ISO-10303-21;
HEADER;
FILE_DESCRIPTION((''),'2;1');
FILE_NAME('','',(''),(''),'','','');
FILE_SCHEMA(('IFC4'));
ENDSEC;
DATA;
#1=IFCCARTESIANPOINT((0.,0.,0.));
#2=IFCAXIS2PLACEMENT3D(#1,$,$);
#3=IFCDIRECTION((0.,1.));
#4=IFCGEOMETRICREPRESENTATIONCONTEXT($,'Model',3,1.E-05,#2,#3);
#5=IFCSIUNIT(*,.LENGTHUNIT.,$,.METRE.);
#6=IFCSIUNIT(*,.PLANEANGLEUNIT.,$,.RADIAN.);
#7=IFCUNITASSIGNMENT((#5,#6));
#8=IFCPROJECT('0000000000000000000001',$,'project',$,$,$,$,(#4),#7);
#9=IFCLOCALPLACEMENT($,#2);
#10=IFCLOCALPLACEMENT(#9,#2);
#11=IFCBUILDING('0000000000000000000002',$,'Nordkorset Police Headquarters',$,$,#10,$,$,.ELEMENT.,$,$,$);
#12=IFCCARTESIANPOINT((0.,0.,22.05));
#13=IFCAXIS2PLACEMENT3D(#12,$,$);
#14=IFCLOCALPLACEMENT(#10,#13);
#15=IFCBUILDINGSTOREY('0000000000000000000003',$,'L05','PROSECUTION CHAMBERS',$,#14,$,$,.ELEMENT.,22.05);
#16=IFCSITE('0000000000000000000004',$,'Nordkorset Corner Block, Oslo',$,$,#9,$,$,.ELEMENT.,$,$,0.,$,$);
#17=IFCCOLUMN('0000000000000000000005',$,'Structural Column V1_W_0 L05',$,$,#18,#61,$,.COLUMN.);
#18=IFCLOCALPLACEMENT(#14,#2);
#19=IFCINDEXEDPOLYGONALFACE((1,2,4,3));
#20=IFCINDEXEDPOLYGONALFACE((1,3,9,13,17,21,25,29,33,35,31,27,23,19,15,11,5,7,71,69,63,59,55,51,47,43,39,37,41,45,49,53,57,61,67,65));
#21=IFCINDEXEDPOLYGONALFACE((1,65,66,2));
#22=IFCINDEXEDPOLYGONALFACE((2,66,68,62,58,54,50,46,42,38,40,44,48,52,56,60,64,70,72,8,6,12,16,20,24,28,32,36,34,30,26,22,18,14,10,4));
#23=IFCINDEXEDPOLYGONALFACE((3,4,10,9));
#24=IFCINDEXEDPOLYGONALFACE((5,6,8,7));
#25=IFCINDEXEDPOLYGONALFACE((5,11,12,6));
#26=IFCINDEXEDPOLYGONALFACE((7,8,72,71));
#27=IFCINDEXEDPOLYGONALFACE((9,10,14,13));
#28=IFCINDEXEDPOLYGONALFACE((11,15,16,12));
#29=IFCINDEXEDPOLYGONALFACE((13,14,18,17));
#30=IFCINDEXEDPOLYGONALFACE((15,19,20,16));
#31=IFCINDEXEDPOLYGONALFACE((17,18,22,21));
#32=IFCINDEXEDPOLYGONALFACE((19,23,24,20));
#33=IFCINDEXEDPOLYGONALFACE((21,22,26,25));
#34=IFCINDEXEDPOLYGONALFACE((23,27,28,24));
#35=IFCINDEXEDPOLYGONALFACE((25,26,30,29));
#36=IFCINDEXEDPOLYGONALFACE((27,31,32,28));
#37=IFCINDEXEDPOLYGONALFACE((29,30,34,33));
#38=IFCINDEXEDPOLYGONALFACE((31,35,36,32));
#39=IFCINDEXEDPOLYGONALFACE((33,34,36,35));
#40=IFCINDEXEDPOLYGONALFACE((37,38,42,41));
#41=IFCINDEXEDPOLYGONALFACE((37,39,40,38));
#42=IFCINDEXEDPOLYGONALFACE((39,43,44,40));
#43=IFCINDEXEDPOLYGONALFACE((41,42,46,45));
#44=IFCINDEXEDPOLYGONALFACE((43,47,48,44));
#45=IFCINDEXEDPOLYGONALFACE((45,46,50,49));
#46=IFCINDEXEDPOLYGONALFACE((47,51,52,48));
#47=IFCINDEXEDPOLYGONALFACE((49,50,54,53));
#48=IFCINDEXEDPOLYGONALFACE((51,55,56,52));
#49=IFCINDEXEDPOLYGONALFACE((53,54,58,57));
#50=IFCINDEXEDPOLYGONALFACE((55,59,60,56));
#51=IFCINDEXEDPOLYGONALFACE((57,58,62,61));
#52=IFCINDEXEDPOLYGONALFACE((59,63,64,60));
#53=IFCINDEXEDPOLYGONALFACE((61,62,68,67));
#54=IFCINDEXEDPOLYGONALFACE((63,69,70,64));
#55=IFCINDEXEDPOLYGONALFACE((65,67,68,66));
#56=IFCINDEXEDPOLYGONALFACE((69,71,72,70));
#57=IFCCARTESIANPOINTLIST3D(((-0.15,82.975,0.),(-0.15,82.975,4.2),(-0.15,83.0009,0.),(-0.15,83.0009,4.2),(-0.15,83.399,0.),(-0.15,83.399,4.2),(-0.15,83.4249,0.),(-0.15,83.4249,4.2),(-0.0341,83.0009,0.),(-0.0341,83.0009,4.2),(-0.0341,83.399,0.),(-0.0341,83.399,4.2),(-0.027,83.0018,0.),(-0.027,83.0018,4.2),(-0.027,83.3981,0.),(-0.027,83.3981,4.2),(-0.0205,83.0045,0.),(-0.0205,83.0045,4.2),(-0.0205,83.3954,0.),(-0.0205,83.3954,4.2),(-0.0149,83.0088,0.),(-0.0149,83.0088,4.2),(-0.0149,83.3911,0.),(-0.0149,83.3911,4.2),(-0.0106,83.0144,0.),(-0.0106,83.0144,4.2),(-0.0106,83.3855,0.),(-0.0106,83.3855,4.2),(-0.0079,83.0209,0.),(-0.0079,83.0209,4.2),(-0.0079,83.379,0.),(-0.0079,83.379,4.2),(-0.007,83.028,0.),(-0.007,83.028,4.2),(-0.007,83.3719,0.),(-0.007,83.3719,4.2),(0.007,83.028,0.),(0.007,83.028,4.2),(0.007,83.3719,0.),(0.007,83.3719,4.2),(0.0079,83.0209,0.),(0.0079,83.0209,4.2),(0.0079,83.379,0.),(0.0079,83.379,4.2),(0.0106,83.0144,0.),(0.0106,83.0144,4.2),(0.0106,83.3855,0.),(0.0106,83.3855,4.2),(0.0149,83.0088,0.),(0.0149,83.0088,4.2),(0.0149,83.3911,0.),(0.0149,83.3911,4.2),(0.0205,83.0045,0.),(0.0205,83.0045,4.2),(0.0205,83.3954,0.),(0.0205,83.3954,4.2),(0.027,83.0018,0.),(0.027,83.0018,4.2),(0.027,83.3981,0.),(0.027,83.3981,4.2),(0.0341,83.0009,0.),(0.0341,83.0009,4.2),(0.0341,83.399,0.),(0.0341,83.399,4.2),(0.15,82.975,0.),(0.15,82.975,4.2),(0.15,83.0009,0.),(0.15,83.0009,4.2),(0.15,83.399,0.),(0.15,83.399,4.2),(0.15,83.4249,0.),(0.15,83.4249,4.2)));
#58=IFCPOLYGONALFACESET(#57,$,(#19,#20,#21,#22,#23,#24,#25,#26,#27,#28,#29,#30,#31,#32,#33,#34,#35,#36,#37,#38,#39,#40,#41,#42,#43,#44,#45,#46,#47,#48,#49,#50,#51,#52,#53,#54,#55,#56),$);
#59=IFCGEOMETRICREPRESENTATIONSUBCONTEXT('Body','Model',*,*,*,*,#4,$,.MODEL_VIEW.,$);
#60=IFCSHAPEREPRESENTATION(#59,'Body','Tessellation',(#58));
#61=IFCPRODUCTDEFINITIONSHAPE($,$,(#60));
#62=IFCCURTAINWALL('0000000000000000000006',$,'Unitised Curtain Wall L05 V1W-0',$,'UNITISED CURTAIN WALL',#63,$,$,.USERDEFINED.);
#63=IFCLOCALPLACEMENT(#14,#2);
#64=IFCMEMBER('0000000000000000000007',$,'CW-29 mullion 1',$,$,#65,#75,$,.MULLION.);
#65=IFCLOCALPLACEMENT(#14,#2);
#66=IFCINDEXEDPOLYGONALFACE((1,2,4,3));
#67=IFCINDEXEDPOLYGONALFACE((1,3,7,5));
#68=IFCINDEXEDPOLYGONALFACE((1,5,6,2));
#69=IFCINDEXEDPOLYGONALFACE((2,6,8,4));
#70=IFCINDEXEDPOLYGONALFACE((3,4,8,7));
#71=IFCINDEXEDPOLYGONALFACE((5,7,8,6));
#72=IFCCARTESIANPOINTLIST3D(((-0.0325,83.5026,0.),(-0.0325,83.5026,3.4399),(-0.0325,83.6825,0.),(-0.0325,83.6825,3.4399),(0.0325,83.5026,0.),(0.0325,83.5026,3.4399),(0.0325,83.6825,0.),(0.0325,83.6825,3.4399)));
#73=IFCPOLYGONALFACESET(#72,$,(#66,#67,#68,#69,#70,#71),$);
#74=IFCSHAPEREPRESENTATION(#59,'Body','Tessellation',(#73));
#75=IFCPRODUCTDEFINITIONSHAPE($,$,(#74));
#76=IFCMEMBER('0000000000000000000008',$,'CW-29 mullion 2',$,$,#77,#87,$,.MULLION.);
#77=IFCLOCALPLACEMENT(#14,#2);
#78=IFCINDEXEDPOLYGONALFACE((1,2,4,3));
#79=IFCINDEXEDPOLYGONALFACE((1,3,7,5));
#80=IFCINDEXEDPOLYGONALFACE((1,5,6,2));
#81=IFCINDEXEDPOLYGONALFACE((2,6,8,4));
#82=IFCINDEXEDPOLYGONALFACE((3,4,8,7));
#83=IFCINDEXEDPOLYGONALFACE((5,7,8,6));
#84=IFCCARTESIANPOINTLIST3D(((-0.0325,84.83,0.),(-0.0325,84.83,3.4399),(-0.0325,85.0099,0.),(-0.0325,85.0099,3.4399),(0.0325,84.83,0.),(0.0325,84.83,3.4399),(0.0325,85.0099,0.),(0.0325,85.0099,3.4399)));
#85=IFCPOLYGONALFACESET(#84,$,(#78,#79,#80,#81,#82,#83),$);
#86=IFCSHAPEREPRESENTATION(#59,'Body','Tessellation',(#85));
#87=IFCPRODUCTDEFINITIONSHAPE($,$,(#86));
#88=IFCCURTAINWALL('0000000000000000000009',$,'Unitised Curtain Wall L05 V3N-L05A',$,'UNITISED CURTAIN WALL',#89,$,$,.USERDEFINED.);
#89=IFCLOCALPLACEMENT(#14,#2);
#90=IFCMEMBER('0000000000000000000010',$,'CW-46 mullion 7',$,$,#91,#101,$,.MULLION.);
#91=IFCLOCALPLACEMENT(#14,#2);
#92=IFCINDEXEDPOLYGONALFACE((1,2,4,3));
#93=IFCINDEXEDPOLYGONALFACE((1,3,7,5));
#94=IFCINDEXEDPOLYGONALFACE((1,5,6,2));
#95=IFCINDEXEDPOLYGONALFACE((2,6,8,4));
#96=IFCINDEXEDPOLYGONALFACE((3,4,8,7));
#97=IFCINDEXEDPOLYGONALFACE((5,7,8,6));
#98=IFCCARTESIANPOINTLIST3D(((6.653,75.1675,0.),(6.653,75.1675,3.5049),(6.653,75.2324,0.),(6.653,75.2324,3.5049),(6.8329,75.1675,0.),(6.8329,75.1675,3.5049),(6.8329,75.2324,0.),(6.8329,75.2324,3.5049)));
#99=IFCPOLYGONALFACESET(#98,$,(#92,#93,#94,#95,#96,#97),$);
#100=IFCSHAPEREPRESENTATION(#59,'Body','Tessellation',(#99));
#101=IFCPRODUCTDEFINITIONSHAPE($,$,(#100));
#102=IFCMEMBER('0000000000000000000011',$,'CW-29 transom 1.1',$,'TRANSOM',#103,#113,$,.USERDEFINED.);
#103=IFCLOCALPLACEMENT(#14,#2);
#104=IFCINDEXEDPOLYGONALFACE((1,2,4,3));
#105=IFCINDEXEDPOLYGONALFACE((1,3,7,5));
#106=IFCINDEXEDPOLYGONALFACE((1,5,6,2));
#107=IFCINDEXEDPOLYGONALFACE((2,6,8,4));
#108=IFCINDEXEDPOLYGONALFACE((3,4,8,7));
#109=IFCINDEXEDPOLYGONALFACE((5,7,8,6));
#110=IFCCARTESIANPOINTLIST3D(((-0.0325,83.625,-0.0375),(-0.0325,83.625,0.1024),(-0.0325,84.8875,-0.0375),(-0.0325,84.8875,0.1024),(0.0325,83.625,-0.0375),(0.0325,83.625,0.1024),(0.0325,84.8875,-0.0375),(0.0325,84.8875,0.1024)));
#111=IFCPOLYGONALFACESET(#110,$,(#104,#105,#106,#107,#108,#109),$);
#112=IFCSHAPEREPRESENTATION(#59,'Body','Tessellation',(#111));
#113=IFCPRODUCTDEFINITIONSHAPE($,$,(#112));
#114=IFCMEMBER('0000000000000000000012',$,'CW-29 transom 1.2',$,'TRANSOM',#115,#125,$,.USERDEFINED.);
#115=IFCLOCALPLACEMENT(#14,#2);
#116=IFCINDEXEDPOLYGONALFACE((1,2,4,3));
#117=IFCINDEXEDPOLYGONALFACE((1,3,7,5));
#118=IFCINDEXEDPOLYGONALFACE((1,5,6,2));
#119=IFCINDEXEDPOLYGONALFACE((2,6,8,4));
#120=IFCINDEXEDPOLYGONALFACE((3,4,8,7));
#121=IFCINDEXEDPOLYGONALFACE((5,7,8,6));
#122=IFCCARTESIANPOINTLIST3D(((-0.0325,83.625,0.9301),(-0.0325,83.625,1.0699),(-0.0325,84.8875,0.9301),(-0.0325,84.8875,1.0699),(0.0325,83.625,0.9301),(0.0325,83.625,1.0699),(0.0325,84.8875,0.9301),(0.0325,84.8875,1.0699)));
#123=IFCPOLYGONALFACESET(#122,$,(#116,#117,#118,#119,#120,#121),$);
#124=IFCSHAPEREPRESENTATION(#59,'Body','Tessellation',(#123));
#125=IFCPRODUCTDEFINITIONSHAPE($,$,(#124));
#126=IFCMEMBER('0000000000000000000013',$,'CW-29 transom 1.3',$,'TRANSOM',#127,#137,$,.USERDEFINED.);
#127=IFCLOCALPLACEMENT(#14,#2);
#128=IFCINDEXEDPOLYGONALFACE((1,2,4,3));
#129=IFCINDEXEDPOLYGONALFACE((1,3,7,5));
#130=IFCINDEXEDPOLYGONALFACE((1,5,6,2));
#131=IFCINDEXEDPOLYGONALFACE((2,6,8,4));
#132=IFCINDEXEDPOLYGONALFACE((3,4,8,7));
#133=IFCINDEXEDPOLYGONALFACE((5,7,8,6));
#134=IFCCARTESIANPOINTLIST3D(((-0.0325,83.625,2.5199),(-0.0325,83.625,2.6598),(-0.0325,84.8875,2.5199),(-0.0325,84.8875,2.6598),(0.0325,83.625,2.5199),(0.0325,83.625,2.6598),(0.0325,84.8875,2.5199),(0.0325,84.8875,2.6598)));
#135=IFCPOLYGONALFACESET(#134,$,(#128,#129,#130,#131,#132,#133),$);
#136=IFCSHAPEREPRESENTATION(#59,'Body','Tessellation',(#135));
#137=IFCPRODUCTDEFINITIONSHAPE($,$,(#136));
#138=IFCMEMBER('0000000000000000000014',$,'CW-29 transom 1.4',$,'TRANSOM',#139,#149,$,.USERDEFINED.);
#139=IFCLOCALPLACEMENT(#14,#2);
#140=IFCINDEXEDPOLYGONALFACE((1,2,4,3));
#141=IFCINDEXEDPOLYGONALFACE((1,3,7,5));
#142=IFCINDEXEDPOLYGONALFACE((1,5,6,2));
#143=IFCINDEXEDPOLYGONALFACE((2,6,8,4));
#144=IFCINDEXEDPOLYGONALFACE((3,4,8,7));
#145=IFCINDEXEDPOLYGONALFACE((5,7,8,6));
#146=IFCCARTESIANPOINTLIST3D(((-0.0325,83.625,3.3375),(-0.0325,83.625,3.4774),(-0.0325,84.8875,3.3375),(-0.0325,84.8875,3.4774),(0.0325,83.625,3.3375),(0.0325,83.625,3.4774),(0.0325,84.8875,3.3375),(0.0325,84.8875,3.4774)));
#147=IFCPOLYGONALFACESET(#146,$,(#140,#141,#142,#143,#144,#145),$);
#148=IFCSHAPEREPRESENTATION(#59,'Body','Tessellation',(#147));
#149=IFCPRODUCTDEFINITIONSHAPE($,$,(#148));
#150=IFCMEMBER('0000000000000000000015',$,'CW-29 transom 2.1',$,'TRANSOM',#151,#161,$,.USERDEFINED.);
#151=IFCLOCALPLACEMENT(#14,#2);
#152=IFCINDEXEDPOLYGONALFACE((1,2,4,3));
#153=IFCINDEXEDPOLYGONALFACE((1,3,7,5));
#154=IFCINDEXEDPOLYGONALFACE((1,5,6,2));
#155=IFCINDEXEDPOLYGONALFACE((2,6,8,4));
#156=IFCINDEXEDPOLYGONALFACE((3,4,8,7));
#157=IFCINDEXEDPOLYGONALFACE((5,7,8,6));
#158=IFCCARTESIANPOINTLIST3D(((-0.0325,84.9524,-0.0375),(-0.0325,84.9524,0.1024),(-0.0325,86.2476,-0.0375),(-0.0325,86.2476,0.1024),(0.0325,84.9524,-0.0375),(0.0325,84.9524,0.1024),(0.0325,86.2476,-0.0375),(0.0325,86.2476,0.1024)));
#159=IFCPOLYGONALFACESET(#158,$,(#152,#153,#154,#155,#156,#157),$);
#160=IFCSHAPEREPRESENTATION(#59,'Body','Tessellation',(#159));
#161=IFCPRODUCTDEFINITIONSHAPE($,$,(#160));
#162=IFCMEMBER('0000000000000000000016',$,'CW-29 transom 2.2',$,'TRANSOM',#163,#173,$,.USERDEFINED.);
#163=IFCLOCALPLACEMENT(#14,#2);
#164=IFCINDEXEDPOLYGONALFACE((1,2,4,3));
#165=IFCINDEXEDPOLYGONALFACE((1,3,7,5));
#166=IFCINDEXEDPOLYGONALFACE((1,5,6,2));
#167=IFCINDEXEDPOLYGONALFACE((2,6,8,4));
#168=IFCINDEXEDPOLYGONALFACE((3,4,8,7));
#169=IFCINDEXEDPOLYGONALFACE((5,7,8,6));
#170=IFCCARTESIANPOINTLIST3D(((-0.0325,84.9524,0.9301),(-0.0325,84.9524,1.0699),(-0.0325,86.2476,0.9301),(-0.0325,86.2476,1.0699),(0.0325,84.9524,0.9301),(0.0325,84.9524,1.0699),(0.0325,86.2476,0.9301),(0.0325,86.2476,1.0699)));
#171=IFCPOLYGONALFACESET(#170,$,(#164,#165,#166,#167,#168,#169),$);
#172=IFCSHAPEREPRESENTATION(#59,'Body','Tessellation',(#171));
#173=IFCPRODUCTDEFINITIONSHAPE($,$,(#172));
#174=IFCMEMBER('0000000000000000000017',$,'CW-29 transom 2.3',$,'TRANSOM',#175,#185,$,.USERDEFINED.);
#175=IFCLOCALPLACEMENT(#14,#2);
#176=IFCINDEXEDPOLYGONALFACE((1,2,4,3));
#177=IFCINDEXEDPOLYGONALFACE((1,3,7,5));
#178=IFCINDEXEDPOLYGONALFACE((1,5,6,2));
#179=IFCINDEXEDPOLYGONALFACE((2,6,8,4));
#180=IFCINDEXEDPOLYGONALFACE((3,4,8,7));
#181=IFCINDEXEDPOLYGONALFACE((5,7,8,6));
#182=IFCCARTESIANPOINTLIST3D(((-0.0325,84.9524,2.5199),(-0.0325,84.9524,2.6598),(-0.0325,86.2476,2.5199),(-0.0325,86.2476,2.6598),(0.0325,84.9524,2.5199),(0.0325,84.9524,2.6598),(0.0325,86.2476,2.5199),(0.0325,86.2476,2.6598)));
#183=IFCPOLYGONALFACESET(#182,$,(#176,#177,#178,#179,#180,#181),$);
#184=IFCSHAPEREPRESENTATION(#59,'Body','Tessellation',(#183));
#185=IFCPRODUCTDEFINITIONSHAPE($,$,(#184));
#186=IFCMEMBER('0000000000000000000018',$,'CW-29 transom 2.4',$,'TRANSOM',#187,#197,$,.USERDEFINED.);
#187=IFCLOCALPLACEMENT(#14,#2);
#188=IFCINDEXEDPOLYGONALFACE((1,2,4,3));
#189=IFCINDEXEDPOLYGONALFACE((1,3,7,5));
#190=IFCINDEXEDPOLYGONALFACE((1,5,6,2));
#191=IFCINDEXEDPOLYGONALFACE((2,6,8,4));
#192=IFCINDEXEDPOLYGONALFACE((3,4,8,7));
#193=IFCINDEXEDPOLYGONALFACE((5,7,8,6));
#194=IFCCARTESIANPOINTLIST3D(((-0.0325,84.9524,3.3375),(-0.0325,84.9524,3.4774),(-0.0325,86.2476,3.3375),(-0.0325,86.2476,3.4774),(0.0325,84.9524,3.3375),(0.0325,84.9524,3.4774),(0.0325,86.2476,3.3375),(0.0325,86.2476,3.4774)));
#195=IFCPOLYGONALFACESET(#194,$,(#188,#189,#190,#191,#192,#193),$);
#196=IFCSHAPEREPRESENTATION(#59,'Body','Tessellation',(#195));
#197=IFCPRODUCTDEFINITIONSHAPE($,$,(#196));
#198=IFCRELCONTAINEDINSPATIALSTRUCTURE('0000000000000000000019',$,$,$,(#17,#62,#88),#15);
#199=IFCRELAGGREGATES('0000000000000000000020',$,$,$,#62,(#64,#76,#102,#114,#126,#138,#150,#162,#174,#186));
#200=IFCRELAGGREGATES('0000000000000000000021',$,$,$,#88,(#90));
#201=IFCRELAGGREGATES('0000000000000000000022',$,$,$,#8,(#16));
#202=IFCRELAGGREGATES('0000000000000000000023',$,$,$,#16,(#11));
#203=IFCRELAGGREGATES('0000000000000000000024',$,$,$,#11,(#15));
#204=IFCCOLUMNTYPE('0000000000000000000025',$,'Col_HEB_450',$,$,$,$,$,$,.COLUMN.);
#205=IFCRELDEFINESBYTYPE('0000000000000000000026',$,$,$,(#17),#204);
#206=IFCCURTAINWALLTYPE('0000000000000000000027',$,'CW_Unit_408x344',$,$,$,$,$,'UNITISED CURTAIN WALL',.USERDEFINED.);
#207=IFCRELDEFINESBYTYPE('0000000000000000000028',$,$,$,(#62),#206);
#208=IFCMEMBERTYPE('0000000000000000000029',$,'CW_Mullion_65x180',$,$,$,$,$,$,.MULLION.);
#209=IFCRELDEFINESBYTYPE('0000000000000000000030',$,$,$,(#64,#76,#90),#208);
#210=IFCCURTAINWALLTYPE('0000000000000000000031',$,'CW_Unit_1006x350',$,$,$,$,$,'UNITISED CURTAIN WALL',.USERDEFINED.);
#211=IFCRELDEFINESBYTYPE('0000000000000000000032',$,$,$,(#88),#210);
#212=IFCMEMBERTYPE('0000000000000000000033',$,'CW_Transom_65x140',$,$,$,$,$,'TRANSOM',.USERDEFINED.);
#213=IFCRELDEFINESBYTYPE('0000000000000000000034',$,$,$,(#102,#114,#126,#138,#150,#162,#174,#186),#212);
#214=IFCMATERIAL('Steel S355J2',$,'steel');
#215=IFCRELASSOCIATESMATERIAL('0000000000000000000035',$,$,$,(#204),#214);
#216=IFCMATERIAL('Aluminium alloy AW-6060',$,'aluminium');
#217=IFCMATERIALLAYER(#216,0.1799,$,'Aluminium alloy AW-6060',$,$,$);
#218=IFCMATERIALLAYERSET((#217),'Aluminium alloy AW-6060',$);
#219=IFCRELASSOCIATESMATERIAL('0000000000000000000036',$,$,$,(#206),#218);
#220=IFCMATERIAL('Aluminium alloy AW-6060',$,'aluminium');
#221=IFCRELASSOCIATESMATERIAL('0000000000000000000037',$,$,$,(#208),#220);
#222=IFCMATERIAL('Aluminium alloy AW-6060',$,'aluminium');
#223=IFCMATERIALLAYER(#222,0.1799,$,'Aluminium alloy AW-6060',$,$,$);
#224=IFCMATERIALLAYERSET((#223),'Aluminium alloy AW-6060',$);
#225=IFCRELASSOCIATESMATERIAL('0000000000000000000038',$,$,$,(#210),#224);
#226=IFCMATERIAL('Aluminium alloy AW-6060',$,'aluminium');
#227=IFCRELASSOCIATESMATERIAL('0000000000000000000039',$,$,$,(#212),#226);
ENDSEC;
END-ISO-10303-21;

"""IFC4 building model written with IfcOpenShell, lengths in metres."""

from ifc_helpers import new_model, si_unit, direction, frame, origin, origin_2d, place, context, subcontext, project, spatial, rectangle, i_section, extrude, material, layer, layer_set, material_profile, profile_set, type_object, element, aggregate, save


model = new_model("IFC4")

# Units and contexts
model_context = context("Model", 3, precision=1e-05, world=origin(), true_north=direction((0.0, 1.0)))
body_context = subcontext(model_context, "Body", "Model", "MODEL_VIEW")
ifc_project = project(units=[si_unit("LENGTHUNIT", "METRE"), si_unit("PLANEANGLEUNIT", "RADIAN")], contexts=[model_context])

# Site, building, storey
site_placement = place(None, origin())
site = spatial("IfcSite", under=ifc_project, at=site_placement, Name="Nordkorset Corner Block, Oslo", CompositionType="ELEMENT", RefElevation=0.0)
building_placement = place(site_placement, origin())
building = spatial("IfcBuilding", under=site, at=building_placement, Name="Nordkorset Police Headquarters", CompositionType="ELEMENT")
storey_placement = place(building_placement, frame((0.0, 0.0, 22.05)))
storey = spatial("IfcBuildingStorey", under=building, at=storey_placement, Name="L05", Description="PROSECUTION CHAMBERS", CompositionType="ELEMENT", Elevation=22.05)

# Column
ifc_material_1 = material(Name="Steel S355J2", Category="steel")
ifc_material_profile_1 = material_profile(ifc_material_1, i_section(OverallWidth=0.3, OverallDepth=0.45, WebThickness=0.0139, FlangeThickness=0.0259, FilletRadius=0.0271, at=origin_2d()), Name="HEB 450")
ifc_profile_set_1 = profile_set([ifc_material_profile_1], Name="Steel S355J2")
column_type = type_object("IfcColumnType", Name="Col_HEB_450", PredefinedType="COLUMN", material=ifc_profile_set_1)
column_placement = place(storey_placement, frame((0.0, 83.2, 0.0), z_axis=(0.0, 0.0, 1.0), x_axis=(1.0, 0.0, 0.0)))
element("IfcColumn", 1, at=column_placement, inside=storey, type_object=column_type, Name="Structural Column V1_W_0 L05", PredefinedType="COLUMN", context=body_context, shape_type="SweptSolid", body=[
    extrude(i_section(OverallWidth=0.3, OverallDepth=0.45, WebThickness=0.0139, FlangeThickness=0.0259, FilletRadius=0.0271, at=origin_2d()), origin(), (0.0, 0.0, 1.0), 4.2),
])

# Curtain wall, members
ifc_material_2 = material(Name="Aluminium alloy AW-6060", Category="aluminium")
ifc_layer_1 = layer(ifc_material_2, 0.1799, Name="Aluminium alloy AW-6060")
ifc_layer_set_1 = layer_set([ifc_layer_1], Name="Aluminium alloy AW-6060")
curtain_wall_type_1 = type_object("IfcCurtainWallType", Name="CW_Unit_408x344", ElementType="UNITISED CURTAIN WALL", PredefinedType="USERDEFINED", material=ifc_layer_set_1)
curtain_wall_1_placement = place(storey_placement, origin())
curtain_wall_1 = element("IfcCurtainWall", 2, at=curtain_wall_1_placement, inside=storey, type_object=curtain_wall_type_1, Name="Unitised Curtain Wall L05 V1W-0", ObjectType="UNITISED CURTAIN WALL", PredefinedType="USERDEFINED")
ifc_material_3 = material(Name="Aluminium alloy AW-6060", Category="aluminium")
ifc_material_profile_2 = material_profile(ifc_material_3, rectangle(XDim=0.0649, YDim=0.1799, at=origin_2d()), Name="ALU MULL 65x180")
ifc_profile_set_2 = profile_set([ifc_material_profile_2], Name="Aluminium alloy AW-6060")
member_type_1 = type_object("IfcMemberType", Name="CW_Mullion_65x180", PredefinedType="MULLION", material=ifc_profile_set_2)
member_1_placement = place(storey_placement, frame((0.0, 83.5925, 0.0), z_axis=(0.0, 0.0, 1.0), x_axis=(-1.0, 0.0, 0.0)))
member_1 = element("IfcMember", 3, at=member_1_placement, type_object=member_type_1, Name="CW-29 mullion 1", PredefinedType="MULLION", context=body_context, shape_type="SweptSolid", body=[
    extrude(rectangle(XDim=0.0649, YDim=0.1799, at=origin_2d()), origin(), (0.0, 0.0, 1.0), 3.4399),
])
member_2_placement = place(storey_placement, frame((0.0, 84.9199, 0.0), z_axis=(0.0, 0.0, 1.0), x_axis=(-1.0, 0.0, 0.0)))
member_2 = element("IfcMember", 4, at=member_2_placement, type_object=member_type_1, Name="CW-29 mullion 2", PredefinedType="MULLION", context=body_context, shape_type="SweptSolid", body=[
    extrude(rectangle(XDim=0.0649, YDim=0.1799, at=origin_2d()), origin(), (0.0, 0.0, 1.0), 3.4399),
])

# Curtain wall, member
ifc_material_4 = material(Name="Aluminium alloy AW-6060", Category="aluminium")
ifc_layer_2 = layer(ifc_material_4, 0.1799, Name="Aluminium alloy AW-6060")
ifc_layer_set_2 = layer_set([ifc_layer_2], Name="Aluminium alloy AW-6060")
curtain_wall_type_2 = type_object("IfcCurtainWallType", Name="CW_Unit_1006x350", ElementType="UNITISED CURTAIN WALL", PredefinedType="USERDEFINED", material=ifc_layer_set_2)
curtain_wall_2_placement = place(storey_placement, origin())
curtain_wall_2 = element("IfcCurtainWall", 5, at=curtain_wall_2_placement, inside=storey, type_object=curtain_wall_type_2, Name="Unitised Curtain Wall L05 V3N-L05A", ObjectType="UNITISED CURTAIN WALL", PredefinedType="USERDEFINED")
member_3_placement = place(storey_placement, frame((6.7429, 75.2, 0.0), z_axis=(0.0, 0.0, 1.0), x_axis=(0.0, 1.0, 0.0)))
member_3 = element("IfcMember", 6, at=member_3_placement, type_object=member_type_1, Name="CW-46 mullion 7", PredefinedType="MULLION", context=body_context, shape_type="SweptSolid", body=[
    extrude(rectangle(XDim=0.0649, YDim=0.1799, at=origin_2d()), origin(), (0.0, 0.0, 1.0), 3.5049),
])

# Members
ifc_material_5 = material(Name="Aluminium alloy AW-6060", Category="aluminium")
ifc_material_profile_3 = material_profile(ifc_material_5, rectangle(XDim=0.0649, YDim=0.1399, at=origin_2d()), Name="ALU TRAN 65x140")
ifc_profile_set_3 = profile_set([ifc_material_profile_3], Name="Aluminium alloy AW-6060")
member_type_2 = type_object("IfcMemberType", Name="CW_Transom_65x140", ElementType="TRANSOM", PredefinedType="USERDEFINED", material=ifc_profile_set_3)
member_4_placement = place(storey_placement, frame((0.0, 83.625, 0.0325), z_axis=(0.0, 1.0, 0.0), x_axis=(-1.0, 0.0, 0.0)))
member_4 = element("IfcMember", 7, at=member_4_placement, type_object=member_type_2, Name="CW-29 transom 1.1", ObjectType="TRANSOM", PredefinedType="USERDEFINED", context=body_context, shape_type="SweptSolid", body=[
    extrude(rectangle(XDim=0.0649, YDim=0.1399, at=origin_2d()), origin(), (0.0, 0.0, 1.0), 1.2625),
])
member_5_placement = place(storey_placement, frame((0.0, 83.625, 1.0), z_axis=(0.0, 1.0, 0.0), x_axis=(-1.0, 0.0, 0.0)))
member_5 = element("IfcMember", 8, at=member_5_placement, type_object=member_type_2, Name="CW-29 transom 1.2", ObjectType="TRANSOM", PredefinedType="USERDEFINED", context=body_context, shape_type="SweptSolid", body=[
    extrude(rectangle(XDim=0.0649, YDim=0.1399, at=origin_2d()), origin(), (0.0, 0.0, 1.0), 1.2625),
])
member_6_placement = place(storey_placement, frame((0.0, 83.625, 2.5898), z_axis=(0.0, 1.0, 0.0), x_axis=(-1.0, 0.0, 0.0)))
member_6 = element("IfcMember", 9, at=member_6_placement, type_object=member_type_2, Name="CW-29 transom 1.3", ObjectType="TRANSOM", PredefinedType="USERDEFINED", context=body_context, shape_type="SweptSolid", body=[
    extrude(rectangle(XDim=0.0649, YDim=0.1399, at=origin_2d()), origin(), (0.0, 0.0, 1.0), 1.2625),
])
member_7_placement = place(storey_placement, frame((0.0, 83.625, 3.4075), z_axis=(0.0, 1.0, 0.0), x_axis=(-1.0, 0.0, 0.0)))
member_7 = element("IfcMember", 10, at=member_7_placement, type_object=member_type_2, Name="CW-29 transom 1.4", ObjectType="TRANSOM", PredefinedType="USERDEFINED", context=body_context, shape_type="SweptSolid", body=[
    extrude(rectangle(XDim=0.0649, YDim=0.1399, at=origin_2d()), origin(), (0.0, 0.0, 1.0), 1.2625),
])
member_8_placement = place(storey_placement, frame((0.0, 84.9524, 0.0325), z_axis=(0.0, 1.0, 0.0), x_axis=(-1.0, 0.0, 0.0)))
member_8 = element("IfcMember", 11, at=member_8_placement, type_object=member_type_2, Name="CW-29 transom 2.1", ObjectType="TRANSOM", PredefinedType="USERDEFINED", context=body_context, shape_type="SweptSolid", body=[
    extrude(rectangle(XDim=0.0649, YDim=0.1399, at=origin_2d()), origin(), (0.0, 0.0, 1.0), 1.2952),
])
member_9_placement = place(storey_placement, frame((0.0, 84.9524, 1.0), z_axis=(0.0, 1.0, 0.0), x_axis=(-1.0, 0.0, 0.0)))
member_9 = element("IfcMember", 12, at=member_9_placement, type_object=member_type_2, Name="CW-29 transom 2.2", ObjectType="TRANSOM", PredefinedType="USERDEFINED", context=body_context, shape_type="SweptSolid", body=[
    extrude(rectangle(XDim=0.0649, YDim=0.1399, at=origin_2d()), origin(), (0.0, 0.0, 1.0), 1.2952),
])
member_10_placement = place(storey_placement, frame((0.0, 84.9524, 2.5898), z_axis=(0.0, 1.0, 0.0), x_axis=(-1.0, 0.0, 0.0)))
member_10 = element("IfcMember", 13, at=member_10_placement, type_object=member_type_2, Name="CW-29 transom 2.3", ObjectType="TRANSOM", PredefinedType="USERDEFINED", context=body_context, shape_type="SweptSolid", body=[
    extrude(rectangle(XDim=0.0649, YDim=0.1399, at=origin_2d()), origin(), (0.0, 0.0, 1.0), 1.2952),
])
member_11_placement = place(storey_placement, frame((0.0, 84.9524, 3.4075), z_axis=(0.0, 1.0, 0.0), x_axis=(-1.0, 0.0, 0.0)))
member_11 = element("IfcMember", 14, at=member_11_placement, type_object=member_type_2, Name="CW-29 transom 2.4", ObjectType="TRANSOM", PredefinedType="USERDEFINED", context=body_context, shape_type="SweptSolid", body=[
    extrude(rectangle(XDim=0.0649, YDim=0.1399, at=origin_2d()), origin(), (0.0, 0.0, 1.0), 1.2952),
])

aggregate(curtain_wall_1, [member_1, member_2, member_4, member_5, member_6, member_7, member_8, member_9, member_10, member_11])
aggregate(curtain_wall_2, [member_3])

save(model, "model.ifc")
